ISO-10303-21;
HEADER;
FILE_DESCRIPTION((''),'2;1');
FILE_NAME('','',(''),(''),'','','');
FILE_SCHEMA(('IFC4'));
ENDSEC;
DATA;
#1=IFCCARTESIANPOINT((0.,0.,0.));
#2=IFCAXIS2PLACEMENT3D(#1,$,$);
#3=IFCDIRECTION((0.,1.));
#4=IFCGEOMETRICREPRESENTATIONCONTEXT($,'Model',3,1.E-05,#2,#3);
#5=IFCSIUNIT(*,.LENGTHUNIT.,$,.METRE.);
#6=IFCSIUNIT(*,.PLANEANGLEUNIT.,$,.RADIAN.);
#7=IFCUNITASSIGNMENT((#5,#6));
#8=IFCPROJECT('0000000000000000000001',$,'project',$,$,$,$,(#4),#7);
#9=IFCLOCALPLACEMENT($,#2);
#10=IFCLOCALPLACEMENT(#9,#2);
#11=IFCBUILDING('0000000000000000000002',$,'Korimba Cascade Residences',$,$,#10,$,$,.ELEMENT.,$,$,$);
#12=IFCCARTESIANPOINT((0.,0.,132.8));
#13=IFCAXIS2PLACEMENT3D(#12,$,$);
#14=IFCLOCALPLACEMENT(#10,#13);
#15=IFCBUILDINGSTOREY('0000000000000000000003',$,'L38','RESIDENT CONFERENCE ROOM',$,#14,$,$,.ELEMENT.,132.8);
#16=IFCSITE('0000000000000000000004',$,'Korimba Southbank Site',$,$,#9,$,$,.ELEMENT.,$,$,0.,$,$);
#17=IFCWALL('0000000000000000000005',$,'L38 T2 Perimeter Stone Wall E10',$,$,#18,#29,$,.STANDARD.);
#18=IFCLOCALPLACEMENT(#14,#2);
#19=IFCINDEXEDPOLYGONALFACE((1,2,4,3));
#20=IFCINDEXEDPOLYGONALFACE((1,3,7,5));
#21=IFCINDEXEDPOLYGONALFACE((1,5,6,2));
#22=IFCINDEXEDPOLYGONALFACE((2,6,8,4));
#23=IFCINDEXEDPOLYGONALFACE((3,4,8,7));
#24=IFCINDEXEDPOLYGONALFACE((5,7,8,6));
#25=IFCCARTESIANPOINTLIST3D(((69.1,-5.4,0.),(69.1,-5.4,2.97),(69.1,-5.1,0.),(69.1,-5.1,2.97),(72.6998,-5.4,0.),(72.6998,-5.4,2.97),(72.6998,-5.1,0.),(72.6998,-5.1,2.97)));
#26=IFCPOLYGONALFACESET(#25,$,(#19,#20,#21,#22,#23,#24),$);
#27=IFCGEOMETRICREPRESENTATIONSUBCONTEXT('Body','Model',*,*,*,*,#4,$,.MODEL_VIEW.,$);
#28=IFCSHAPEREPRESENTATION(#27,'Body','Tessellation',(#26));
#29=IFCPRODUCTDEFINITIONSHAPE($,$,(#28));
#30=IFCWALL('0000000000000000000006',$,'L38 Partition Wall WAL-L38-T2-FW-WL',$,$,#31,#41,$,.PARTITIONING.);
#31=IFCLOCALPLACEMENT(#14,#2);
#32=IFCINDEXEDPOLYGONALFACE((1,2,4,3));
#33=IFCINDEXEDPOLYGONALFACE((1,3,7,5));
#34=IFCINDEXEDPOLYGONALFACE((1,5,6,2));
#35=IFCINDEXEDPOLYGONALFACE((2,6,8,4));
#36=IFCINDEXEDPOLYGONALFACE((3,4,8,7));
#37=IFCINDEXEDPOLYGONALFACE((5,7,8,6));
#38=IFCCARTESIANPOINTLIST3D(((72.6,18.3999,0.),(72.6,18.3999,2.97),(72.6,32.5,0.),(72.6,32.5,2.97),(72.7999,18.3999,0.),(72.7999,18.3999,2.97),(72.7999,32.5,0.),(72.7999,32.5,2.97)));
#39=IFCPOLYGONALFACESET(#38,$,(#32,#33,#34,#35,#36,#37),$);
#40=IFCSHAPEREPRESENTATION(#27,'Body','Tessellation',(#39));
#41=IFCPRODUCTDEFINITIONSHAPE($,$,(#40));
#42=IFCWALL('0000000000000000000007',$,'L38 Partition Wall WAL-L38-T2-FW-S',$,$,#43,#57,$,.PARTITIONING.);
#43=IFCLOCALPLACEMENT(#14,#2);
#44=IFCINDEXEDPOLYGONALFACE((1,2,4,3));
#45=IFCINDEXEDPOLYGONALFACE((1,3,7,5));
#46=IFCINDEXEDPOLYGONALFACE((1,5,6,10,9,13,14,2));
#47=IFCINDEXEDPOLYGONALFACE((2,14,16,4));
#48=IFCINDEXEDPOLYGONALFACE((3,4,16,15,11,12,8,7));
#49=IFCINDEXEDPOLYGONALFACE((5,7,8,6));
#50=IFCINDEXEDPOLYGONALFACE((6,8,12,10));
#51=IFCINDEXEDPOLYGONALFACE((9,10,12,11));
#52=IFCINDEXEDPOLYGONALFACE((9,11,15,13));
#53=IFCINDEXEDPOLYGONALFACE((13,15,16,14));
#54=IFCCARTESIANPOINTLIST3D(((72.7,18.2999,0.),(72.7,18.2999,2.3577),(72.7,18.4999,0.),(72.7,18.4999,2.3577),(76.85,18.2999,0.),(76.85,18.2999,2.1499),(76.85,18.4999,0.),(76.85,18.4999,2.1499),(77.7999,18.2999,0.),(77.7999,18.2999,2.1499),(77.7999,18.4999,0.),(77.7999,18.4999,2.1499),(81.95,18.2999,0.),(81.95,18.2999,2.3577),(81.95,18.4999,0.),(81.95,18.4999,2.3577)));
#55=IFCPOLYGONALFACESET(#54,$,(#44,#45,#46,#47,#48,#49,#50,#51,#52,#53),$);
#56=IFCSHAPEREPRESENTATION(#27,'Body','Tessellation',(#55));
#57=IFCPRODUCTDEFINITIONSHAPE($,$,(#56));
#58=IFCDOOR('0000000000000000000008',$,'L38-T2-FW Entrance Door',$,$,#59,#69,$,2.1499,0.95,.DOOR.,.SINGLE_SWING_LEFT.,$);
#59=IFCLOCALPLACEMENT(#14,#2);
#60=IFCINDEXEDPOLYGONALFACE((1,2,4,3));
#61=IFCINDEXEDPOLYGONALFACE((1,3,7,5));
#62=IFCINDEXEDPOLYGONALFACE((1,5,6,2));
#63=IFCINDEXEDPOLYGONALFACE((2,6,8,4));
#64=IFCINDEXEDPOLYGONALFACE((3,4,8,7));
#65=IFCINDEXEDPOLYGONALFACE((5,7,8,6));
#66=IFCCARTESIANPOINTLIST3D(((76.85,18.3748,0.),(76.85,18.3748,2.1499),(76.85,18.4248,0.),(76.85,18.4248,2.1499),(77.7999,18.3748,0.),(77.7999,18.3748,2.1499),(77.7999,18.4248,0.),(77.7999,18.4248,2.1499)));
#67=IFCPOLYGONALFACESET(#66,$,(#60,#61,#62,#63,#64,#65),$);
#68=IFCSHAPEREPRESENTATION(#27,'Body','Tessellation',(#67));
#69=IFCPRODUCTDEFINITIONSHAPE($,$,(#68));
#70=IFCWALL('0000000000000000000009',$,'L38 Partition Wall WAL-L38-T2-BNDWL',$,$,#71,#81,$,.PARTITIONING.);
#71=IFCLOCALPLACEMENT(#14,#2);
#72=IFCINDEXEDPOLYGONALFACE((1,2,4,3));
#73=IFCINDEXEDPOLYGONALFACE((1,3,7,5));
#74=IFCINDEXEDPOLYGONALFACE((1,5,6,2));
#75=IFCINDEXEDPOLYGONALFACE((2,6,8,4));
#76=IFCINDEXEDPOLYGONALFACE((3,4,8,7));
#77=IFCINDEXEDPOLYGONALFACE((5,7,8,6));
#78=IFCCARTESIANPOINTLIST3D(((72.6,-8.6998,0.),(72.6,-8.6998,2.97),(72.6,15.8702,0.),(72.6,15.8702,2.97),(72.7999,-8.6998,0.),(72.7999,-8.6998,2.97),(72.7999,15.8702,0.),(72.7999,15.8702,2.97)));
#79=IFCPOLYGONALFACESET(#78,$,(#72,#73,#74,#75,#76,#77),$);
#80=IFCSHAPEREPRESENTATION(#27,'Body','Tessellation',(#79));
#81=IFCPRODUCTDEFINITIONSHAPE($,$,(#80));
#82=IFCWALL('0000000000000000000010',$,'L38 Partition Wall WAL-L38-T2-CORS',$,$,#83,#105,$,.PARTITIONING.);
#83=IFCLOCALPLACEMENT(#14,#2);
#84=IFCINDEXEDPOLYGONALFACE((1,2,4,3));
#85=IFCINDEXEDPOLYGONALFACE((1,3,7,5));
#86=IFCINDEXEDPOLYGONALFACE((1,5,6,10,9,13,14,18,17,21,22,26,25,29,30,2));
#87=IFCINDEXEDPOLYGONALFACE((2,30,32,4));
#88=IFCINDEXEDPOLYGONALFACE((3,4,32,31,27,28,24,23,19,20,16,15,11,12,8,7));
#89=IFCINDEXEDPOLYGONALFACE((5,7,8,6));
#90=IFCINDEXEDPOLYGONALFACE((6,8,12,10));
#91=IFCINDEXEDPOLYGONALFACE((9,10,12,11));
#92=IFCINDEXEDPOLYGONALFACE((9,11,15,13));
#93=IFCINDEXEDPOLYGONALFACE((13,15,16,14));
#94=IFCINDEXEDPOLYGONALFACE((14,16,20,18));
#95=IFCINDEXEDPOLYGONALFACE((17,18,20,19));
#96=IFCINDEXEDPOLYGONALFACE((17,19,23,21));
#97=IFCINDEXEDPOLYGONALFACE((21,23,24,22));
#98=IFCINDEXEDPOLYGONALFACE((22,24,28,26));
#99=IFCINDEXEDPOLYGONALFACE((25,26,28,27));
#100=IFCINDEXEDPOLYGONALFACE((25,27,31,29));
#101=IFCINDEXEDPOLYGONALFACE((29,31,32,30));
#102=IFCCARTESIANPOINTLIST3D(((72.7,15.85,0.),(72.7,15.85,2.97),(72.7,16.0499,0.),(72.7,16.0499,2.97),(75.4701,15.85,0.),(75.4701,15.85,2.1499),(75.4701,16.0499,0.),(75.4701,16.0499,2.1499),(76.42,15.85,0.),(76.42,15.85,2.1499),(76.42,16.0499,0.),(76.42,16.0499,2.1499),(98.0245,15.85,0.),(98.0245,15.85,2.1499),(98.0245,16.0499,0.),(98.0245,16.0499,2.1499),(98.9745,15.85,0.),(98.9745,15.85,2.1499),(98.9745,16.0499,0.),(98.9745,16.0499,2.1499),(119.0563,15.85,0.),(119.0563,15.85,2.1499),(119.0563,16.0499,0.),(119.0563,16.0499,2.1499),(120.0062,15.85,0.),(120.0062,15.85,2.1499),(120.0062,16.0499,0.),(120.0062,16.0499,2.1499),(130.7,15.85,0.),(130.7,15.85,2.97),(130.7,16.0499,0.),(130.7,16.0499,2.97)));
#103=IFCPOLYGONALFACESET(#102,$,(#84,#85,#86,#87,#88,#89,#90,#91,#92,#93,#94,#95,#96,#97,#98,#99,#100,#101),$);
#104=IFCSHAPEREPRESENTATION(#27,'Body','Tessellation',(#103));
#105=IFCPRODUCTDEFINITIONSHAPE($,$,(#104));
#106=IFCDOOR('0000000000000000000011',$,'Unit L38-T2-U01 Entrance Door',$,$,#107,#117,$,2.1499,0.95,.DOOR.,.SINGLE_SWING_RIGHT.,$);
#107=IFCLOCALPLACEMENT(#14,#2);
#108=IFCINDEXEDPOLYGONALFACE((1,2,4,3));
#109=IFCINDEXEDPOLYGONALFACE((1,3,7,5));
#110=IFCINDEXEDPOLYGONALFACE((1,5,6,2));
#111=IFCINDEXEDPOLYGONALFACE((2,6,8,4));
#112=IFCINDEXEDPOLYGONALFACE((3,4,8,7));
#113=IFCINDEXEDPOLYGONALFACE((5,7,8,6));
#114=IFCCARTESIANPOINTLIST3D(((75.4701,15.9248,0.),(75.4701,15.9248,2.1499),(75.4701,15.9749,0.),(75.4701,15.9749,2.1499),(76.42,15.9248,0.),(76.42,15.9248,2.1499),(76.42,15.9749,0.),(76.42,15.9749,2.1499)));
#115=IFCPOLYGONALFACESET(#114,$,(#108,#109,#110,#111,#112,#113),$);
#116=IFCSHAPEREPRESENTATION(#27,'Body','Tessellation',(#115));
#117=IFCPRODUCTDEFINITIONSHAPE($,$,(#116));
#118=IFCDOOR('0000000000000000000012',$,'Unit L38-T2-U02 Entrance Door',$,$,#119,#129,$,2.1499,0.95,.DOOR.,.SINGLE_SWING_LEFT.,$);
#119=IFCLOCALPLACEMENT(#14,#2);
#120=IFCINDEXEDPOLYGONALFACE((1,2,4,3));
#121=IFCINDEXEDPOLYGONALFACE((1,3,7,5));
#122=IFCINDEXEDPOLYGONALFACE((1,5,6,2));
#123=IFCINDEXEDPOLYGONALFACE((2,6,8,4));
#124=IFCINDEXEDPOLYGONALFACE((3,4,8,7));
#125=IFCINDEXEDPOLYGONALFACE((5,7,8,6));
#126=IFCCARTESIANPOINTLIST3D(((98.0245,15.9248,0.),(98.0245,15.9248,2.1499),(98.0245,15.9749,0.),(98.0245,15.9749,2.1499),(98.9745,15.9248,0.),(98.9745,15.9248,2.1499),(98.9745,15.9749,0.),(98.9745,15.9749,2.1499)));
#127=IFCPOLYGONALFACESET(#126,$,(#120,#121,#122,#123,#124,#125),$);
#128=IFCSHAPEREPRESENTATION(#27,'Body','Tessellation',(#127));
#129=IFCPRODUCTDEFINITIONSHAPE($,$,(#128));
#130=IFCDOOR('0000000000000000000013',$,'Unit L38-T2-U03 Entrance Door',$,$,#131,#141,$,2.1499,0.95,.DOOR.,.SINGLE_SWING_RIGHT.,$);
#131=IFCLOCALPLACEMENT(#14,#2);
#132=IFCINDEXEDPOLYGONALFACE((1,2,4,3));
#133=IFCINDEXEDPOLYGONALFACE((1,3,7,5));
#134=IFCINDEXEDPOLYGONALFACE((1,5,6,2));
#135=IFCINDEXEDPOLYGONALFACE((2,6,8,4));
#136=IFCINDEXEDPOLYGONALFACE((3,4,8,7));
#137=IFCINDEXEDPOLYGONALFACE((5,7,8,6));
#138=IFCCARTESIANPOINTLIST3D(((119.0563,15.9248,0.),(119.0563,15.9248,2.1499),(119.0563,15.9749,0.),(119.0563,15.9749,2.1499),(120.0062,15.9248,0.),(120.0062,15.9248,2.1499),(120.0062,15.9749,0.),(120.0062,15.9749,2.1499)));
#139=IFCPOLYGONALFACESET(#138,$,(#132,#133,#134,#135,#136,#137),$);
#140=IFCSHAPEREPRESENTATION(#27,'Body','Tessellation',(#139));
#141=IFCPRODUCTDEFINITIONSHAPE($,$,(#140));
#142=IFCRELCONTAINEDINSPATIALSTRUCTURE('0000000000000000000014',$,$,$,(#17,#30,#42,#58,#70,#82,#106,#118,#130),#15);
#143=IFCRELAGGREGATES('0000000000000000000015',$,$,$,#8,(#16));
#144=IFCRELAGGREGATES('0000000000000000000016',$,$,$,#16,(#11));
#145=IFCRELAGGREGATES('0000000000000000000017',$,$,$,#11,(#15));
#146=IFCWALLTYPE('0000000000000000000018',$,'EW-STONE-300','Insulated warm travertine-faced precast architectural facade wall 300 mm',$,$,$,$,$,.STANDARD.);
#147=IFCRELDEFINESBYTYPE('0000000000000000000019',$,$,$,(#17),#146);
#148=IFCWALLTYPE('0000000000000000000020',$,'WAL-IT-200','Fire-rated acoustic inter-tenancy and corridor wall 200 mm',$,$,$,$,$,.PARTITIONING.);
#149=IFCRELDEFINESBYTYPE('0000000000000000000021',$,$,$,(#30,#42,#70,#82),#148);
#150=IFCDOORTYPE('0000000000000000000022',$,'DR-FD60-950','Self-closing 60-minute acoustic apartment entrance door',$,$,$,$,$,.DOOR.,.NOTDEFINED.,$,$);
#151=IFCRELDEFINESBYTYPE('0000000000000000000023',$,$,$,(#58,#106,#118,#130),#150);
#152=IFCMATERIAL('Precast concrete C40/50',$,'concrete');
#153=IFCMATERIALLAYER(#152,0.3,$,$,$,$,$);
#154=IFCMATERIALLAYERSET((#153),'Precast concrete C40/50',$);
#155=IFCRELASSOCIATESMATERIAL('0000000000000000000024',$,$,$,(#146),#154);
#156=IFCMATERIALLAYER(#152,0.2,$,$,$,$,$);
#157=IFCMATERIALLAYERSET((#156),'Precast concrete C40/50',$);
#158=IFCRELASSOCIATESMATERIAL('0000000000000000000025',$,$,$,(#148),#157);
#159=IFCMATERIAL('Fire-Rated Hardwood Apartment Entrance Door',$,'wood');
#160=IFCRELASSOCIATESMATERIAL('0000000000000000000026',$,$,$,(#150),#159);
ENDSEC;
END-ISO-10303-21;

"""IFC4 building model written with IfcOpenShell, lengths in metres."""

from ifc_helpers import new_model, si_unit, direction, frame, frame_2d, origin, place, context, subcontext, project, spatial, rectangle, extrude, material, layer, layer_set, type_object, element, fill, save


model = new_model("IFC4")

# Units and contexts
model_context = context("Model", 3, precision=1e-05, world=origin(), true_north=direction((0.0, 1.0)))
body_context = subcontext(model_context, "Body", "Model", "MODEL_VIEW")
ifc_project = project(units=[si_unit("LENGTHUNIT", "METRE"), si_unit("PLANEANGLEUNIT", "RADIAN")], contexts=[model_context])

# Site, building, storey
site_placement = place(None, origin())
site = spatial("IfcSite", under=ifc_project, at=site_placement, Name="Korimba Southbank Site", CompositionType="ELEMENT", RefElevation=0.0)
building_placement = place(site_placement, origin())
building = spatial("IfcBuilding", under=site, at=building_placement, Name="Korimba Cascade Residences", CompositionType="ELEMENT")
storey_placement = place(building_placement, frame((0.0, 0.0, 132.8)))
storey = spatial("IfcBuildingStorey", under=building, at=storey_placement, Name="L38", Description="RESIDENT CONFERENCE ROOM", CompositionType="ELEMENT", Elevation=132.8)

# Shared definitions
ifc_material_1 = material(Name="Precast concrete C40/50", Category="concrete")

# Walls
ifc_layer_1 = layer(ifc_material_1, 0.3)
ifc_layer_set_1 = layer_set([ifc_layer_1], Name="Precast concrete C40/50")
wall_type_1 = type_object("IfcWallType", Name="EW-STONE-300", Description="Insulated warm travertine-faced precast architectural facade wall 300 mm", PredefinedType="STANDARD", material=ifc_layer_set_1)
wall_1_placement = place(storey_placement, frame((69.1001, -5.25, 0.0), z_axis=(0.0, 0.0, 1.0), x_axis=(1.0, 0.0, 0.0)))
element("IfcWall", 1, at=wall_1_placement, inside=storey, type_object=wall_type_1, Name="L38 T2 Perimeter Stone Wall E10", PredefinedType="STANDARD", context=body_context, shape_type="SweptSolid", body=[
    extrude(rectangle(XDim=3.5999, YDim=0.3, at=frame_2d((1.7998, 0.0))), origin(), (0.0, 0.0, 1.0), 2.97),
])
ifc_layer_2 = layer(ifc_material_1, 0.2)
ifc_layer_set_2 = layer_set([ifc_layer_2], Name="Precast concrete C40/50")
wall_type_2 = type_object("IfcWallType", Name="WAL-IT-200", Description="Fire-rated acoustic inter-tenancy and corridor wall 200 mm", PredefinedType="PARTITIONING", material=ifc_layer_set_2)
wall_2_placement = place(storey_placement, frame((72.7, 18.3999, 0.0), z_axis=(0.0, 0.0, 1.0), x_axis=(0.0, 1.0, 0.0)))
element("IfcWall", 2, at=wall_2_placement, inside=storey, type_object=wall_type_2, Name="L38 Partition Wall WAL-L38-T2-FW-WL", PredefinedType="PARTITIONING", context=body_context, shape_type="SweptSolid", body=[
    extrude(rectangle(XDim=14.1001, YDim=0.2, at=frame_2d((7.05, 0.0))), origin(), (0.0, 0.0, 1.0), 2.97),
])

# Wall, opening, door
wall_3_placement = place(storey_placement, frame((72.7, 18.3999, 0.0), z_axis=(0.0, 0.0, 1.0), x_axis=(1.0, 0.0, 0.0)))
wall_3 = element("IfcWall", 3, at=wall_3_placement, inside=storey, type_object=wall_type_2, Name="L38 Partition Wall WAL-L38-T2-FW-S", PredefinedType="PARTITIONING", context=body_context, shape_type="SweptSolid", body=[
    extrude(rectangle(XDim=9.25, YDim=0.2, at=frame_2d((4.625, 0.0))), origin(), (0.0, 0.0, 1.0), 2.3577),
])
opening_1_placement = place(wall_3_placement, frame((4.1499, 0.0, 0.0)))
opening_1 = element("IfcOpeningElement", 4, at=opening_1_placement, cuts=wall_3, PredefinedType="OPENING", context=body_context, shape_type="SweptSolid", body=[
    extrude(rectangle(XDim=0.95, YDim=2.1499, at=frame_2d((0.4751, 1.075))), frame((0.0, 0.1099, 0.0), z_axis=(0.0, -1.0, 0.0), x_axis=(1.0, 0.0, 0.0)), (0.0, 0.0, 1.0), 0.22),
])
ifc_material_2 = material(Name="Fire-Rated Hardwood Apartment Entrance Door", Category="wood")
door_type_1 = type_object("IfcDoorType", Name="DR-FD60-950", Description="Self-closing 60-minute acoustic apartment entrance door", OperationType="NOTDEFINED", PredefinedType="DOOR", material=ifc_material_2)
door_1_placement = place(opening_1_placement, origin())
door_1 = element("IfcDoor", 5, at=door_1_placement, inside=storey, type_object=door_type_1, Name="L38-T2-FW Entrance Door", OperationType="SINGLE_SWING_LEFT", OverallHeight=2.1499, OverallWidth=0.95, PredefinedType="DOOR", context=body_context, shape_type="SweptSolid", body=[
    extrude(rectangle(XDim=0.95, YDim=2.1499, at=frame_2d((0.4751, 1.075))), frame((0.0, 0.0249, 0.0), z_axis=(0.0, -1.0, 0.0), x_axis=(1.0, 0.0, 0.0)), (0.0, 0.0, 1.0), 0.05),
])
fill(opening_1, door_1)

# Wall
wall_4_placement = place(storey_placement, frame((72.7, -8.7, 0.0), z_axis=(0.0, 0.0, 1.0), x_axis=(0.0, 1.0, 0.0)))
element("IfcWall", 6, at=wall_4_placement, inside=storey, type_object=wall_type_2, Name="L38 Partition Wall WAL-L38-T2-BNDWL", PredefinedType="PARTITIONING", context=body_context, shape_type="SweptSolid", body=[
    extrude(rectangle(XDim=24.5701, YDim=0.2, at=frame_2d((12.2852, 0.0))), origin(), (0.0, 0.0, 1.0), 2.97),
])

# Wall, openings, doors
wall_5_placement = place(storey_placement, frame((72.7, 15.95, 0.0), z_axis=(0.0, 0.0, 1.0), x_axis=(1.0, 0.0, 0.0)))
wall_5 = element("IfcWall", 7, at=wall_5_placement, inside=storey, type_object=wall_type_2, Name="L38 Partition Wall WAL-L38-T2-CORS", PredefinedType="PARTITIONING", context=body_context, shape_type="SweptSolid", body=[
    extrude(rectangle(XDim=58.0, YDim=0.2, at=frame_2d((29.0, 0.0))), origin(), (0.0, 0.0, 1.0), 2.97),
])
opening_2_placement = place(wall_5_placement, frame((2.77, 0.0, 0.0)))
opening_2 = element("IfcOpeningElement", 8, at=opening_2_placement, cuts=wall_5, PredefinedType="OPENING", context=body_context, shape_type="SweptSolid", body=[
    extrude(rectangle(XDim=0.95, YDim=2.1499, at=frame_2d((0.4751, 1.075))), frame((0.0, 0.1099, 0.0), z_axis=(0.0, -1.0, 0.0), x_axis=(1.0, 0.0, 0.0)), (0.0, 0.0, 1.0), 0.22),
])
opening_3_placement = place(wall_5_placement, frame((25.3245, 0.0, 0.0)))
opening_3 = element("IfcOpeningElement", 9, at=opening_3_placement, cuts=wall_5, PredefinedType="OPENING", context=body_context, shape_type="SweptSolid", body=[
    extrude(rectangle(XDim=0.95, YDim=2.1499, at=frame_2d((0.4751, 1.075))), frame((0.0, 0.1099, 0.0), z_axis=(0.0, -1.0, 0.0), x_axis=(1.0, 0.0, 0.0)), (0.0, 0.0, 1.0), 0.22),
])
opening_4_placement = place(wall_5_placement, frame((46.3562, 0.0, 0.0)))
opening_4 = element("IfcOpeningElement", 10, at=opening_4_placement, cuts=wall_5, PredefinedType="OPENING", context=body_context, shape_type="SweptSolid", body=[
    extrude(rectangle(XDim=0.95, YDim=2.1499, at=frame_2d((0.4751, 1.075))), frame((0.0, 0.1099, 0.0), z_axis=(0.0, -1.0, 0.0), x_axis=(1.0, 0.0, 0.0)), (0.0, 0.0, 1.0), 0.22),
])
door_2_placement = place(opening_2_placement, origin())
door_2 = element("IfcDoor", 11, at=door_2_placement, inside=storey, type_object=door_type_1, Name="Unit L38-T2-U01 Entrance Door", OperationType="SINGLE_SWING_RIGHT", OverallHeight=2.1499, OverallWidth=0.95, PredefinedType="DOOR", context=body_context, shape_type="SweptSolid", body=[
    extrude(rectangle(XDim=0.95, YDim=2.1499, at=frame_2d((0.4751, 1.075))), frame((0.0, 0.0249, 0.0), z_axis=(0.0, -1.0, 0.0), x_axis=(1.0, 0.0, 0.0)), (0.0, 0.0, 1.0), 0.05),
])
fill(opening_2, door_2)
door_3_placement = place(opening_3_placement, origin())
door_3 = element("IfcDoor", 12, at=door_3_placement, inside=storey, type_object=door_type_1, Name="Unit L38-T2-U02 Entrance Door", OperationType="SINGLE_SWING_LEFT", OverallHeight=2.1499, OverallWidth=0.95, PredefinedType="DOOR", context=body_context, shape_type="SweptSolid", body=[
    extrude(rectangle(XDim=0.95, YDim=2.1499, at=frame_2d((0.4751, 1.075))), frame((0.0, 0.0249, 0.0), z_axis=(0.0, -1.0, 0.0), x_axis=(1.0, 0.0, 0.0)), (0.0, 0.0, 1.0), 0.05),
])
fill(opening_3, door_3)
door_4_placement = place(opening_4_placement, origin())
door_4 = element("IfcDoor", 13, at=door_4_placement, inside=storey, type_object=door_type_1, Name="Unit L38-T2-U03 Entrance Door", OperationType="SINGLE_SWING_RIGHT", OverallHeight=2.1499, OverallWidth=0.95, PredefinedType="DOOR", context=body_context, shape_type="SweptSolid", body=[
    extrude(rectangle(XDim=0.95, YDim=2.1499, at=frame_2d((0.4751, 1.075))), frame((0.0, 0.0249, 0.0), z_axis=(0.0, -1.0, 0.0), x_axis=(1.0, 0.0, 0.0)), (0.0, 0.0, 1.0), 0.05),
])
fill(opening_4, door_4)

save(model, "model.ifc")
